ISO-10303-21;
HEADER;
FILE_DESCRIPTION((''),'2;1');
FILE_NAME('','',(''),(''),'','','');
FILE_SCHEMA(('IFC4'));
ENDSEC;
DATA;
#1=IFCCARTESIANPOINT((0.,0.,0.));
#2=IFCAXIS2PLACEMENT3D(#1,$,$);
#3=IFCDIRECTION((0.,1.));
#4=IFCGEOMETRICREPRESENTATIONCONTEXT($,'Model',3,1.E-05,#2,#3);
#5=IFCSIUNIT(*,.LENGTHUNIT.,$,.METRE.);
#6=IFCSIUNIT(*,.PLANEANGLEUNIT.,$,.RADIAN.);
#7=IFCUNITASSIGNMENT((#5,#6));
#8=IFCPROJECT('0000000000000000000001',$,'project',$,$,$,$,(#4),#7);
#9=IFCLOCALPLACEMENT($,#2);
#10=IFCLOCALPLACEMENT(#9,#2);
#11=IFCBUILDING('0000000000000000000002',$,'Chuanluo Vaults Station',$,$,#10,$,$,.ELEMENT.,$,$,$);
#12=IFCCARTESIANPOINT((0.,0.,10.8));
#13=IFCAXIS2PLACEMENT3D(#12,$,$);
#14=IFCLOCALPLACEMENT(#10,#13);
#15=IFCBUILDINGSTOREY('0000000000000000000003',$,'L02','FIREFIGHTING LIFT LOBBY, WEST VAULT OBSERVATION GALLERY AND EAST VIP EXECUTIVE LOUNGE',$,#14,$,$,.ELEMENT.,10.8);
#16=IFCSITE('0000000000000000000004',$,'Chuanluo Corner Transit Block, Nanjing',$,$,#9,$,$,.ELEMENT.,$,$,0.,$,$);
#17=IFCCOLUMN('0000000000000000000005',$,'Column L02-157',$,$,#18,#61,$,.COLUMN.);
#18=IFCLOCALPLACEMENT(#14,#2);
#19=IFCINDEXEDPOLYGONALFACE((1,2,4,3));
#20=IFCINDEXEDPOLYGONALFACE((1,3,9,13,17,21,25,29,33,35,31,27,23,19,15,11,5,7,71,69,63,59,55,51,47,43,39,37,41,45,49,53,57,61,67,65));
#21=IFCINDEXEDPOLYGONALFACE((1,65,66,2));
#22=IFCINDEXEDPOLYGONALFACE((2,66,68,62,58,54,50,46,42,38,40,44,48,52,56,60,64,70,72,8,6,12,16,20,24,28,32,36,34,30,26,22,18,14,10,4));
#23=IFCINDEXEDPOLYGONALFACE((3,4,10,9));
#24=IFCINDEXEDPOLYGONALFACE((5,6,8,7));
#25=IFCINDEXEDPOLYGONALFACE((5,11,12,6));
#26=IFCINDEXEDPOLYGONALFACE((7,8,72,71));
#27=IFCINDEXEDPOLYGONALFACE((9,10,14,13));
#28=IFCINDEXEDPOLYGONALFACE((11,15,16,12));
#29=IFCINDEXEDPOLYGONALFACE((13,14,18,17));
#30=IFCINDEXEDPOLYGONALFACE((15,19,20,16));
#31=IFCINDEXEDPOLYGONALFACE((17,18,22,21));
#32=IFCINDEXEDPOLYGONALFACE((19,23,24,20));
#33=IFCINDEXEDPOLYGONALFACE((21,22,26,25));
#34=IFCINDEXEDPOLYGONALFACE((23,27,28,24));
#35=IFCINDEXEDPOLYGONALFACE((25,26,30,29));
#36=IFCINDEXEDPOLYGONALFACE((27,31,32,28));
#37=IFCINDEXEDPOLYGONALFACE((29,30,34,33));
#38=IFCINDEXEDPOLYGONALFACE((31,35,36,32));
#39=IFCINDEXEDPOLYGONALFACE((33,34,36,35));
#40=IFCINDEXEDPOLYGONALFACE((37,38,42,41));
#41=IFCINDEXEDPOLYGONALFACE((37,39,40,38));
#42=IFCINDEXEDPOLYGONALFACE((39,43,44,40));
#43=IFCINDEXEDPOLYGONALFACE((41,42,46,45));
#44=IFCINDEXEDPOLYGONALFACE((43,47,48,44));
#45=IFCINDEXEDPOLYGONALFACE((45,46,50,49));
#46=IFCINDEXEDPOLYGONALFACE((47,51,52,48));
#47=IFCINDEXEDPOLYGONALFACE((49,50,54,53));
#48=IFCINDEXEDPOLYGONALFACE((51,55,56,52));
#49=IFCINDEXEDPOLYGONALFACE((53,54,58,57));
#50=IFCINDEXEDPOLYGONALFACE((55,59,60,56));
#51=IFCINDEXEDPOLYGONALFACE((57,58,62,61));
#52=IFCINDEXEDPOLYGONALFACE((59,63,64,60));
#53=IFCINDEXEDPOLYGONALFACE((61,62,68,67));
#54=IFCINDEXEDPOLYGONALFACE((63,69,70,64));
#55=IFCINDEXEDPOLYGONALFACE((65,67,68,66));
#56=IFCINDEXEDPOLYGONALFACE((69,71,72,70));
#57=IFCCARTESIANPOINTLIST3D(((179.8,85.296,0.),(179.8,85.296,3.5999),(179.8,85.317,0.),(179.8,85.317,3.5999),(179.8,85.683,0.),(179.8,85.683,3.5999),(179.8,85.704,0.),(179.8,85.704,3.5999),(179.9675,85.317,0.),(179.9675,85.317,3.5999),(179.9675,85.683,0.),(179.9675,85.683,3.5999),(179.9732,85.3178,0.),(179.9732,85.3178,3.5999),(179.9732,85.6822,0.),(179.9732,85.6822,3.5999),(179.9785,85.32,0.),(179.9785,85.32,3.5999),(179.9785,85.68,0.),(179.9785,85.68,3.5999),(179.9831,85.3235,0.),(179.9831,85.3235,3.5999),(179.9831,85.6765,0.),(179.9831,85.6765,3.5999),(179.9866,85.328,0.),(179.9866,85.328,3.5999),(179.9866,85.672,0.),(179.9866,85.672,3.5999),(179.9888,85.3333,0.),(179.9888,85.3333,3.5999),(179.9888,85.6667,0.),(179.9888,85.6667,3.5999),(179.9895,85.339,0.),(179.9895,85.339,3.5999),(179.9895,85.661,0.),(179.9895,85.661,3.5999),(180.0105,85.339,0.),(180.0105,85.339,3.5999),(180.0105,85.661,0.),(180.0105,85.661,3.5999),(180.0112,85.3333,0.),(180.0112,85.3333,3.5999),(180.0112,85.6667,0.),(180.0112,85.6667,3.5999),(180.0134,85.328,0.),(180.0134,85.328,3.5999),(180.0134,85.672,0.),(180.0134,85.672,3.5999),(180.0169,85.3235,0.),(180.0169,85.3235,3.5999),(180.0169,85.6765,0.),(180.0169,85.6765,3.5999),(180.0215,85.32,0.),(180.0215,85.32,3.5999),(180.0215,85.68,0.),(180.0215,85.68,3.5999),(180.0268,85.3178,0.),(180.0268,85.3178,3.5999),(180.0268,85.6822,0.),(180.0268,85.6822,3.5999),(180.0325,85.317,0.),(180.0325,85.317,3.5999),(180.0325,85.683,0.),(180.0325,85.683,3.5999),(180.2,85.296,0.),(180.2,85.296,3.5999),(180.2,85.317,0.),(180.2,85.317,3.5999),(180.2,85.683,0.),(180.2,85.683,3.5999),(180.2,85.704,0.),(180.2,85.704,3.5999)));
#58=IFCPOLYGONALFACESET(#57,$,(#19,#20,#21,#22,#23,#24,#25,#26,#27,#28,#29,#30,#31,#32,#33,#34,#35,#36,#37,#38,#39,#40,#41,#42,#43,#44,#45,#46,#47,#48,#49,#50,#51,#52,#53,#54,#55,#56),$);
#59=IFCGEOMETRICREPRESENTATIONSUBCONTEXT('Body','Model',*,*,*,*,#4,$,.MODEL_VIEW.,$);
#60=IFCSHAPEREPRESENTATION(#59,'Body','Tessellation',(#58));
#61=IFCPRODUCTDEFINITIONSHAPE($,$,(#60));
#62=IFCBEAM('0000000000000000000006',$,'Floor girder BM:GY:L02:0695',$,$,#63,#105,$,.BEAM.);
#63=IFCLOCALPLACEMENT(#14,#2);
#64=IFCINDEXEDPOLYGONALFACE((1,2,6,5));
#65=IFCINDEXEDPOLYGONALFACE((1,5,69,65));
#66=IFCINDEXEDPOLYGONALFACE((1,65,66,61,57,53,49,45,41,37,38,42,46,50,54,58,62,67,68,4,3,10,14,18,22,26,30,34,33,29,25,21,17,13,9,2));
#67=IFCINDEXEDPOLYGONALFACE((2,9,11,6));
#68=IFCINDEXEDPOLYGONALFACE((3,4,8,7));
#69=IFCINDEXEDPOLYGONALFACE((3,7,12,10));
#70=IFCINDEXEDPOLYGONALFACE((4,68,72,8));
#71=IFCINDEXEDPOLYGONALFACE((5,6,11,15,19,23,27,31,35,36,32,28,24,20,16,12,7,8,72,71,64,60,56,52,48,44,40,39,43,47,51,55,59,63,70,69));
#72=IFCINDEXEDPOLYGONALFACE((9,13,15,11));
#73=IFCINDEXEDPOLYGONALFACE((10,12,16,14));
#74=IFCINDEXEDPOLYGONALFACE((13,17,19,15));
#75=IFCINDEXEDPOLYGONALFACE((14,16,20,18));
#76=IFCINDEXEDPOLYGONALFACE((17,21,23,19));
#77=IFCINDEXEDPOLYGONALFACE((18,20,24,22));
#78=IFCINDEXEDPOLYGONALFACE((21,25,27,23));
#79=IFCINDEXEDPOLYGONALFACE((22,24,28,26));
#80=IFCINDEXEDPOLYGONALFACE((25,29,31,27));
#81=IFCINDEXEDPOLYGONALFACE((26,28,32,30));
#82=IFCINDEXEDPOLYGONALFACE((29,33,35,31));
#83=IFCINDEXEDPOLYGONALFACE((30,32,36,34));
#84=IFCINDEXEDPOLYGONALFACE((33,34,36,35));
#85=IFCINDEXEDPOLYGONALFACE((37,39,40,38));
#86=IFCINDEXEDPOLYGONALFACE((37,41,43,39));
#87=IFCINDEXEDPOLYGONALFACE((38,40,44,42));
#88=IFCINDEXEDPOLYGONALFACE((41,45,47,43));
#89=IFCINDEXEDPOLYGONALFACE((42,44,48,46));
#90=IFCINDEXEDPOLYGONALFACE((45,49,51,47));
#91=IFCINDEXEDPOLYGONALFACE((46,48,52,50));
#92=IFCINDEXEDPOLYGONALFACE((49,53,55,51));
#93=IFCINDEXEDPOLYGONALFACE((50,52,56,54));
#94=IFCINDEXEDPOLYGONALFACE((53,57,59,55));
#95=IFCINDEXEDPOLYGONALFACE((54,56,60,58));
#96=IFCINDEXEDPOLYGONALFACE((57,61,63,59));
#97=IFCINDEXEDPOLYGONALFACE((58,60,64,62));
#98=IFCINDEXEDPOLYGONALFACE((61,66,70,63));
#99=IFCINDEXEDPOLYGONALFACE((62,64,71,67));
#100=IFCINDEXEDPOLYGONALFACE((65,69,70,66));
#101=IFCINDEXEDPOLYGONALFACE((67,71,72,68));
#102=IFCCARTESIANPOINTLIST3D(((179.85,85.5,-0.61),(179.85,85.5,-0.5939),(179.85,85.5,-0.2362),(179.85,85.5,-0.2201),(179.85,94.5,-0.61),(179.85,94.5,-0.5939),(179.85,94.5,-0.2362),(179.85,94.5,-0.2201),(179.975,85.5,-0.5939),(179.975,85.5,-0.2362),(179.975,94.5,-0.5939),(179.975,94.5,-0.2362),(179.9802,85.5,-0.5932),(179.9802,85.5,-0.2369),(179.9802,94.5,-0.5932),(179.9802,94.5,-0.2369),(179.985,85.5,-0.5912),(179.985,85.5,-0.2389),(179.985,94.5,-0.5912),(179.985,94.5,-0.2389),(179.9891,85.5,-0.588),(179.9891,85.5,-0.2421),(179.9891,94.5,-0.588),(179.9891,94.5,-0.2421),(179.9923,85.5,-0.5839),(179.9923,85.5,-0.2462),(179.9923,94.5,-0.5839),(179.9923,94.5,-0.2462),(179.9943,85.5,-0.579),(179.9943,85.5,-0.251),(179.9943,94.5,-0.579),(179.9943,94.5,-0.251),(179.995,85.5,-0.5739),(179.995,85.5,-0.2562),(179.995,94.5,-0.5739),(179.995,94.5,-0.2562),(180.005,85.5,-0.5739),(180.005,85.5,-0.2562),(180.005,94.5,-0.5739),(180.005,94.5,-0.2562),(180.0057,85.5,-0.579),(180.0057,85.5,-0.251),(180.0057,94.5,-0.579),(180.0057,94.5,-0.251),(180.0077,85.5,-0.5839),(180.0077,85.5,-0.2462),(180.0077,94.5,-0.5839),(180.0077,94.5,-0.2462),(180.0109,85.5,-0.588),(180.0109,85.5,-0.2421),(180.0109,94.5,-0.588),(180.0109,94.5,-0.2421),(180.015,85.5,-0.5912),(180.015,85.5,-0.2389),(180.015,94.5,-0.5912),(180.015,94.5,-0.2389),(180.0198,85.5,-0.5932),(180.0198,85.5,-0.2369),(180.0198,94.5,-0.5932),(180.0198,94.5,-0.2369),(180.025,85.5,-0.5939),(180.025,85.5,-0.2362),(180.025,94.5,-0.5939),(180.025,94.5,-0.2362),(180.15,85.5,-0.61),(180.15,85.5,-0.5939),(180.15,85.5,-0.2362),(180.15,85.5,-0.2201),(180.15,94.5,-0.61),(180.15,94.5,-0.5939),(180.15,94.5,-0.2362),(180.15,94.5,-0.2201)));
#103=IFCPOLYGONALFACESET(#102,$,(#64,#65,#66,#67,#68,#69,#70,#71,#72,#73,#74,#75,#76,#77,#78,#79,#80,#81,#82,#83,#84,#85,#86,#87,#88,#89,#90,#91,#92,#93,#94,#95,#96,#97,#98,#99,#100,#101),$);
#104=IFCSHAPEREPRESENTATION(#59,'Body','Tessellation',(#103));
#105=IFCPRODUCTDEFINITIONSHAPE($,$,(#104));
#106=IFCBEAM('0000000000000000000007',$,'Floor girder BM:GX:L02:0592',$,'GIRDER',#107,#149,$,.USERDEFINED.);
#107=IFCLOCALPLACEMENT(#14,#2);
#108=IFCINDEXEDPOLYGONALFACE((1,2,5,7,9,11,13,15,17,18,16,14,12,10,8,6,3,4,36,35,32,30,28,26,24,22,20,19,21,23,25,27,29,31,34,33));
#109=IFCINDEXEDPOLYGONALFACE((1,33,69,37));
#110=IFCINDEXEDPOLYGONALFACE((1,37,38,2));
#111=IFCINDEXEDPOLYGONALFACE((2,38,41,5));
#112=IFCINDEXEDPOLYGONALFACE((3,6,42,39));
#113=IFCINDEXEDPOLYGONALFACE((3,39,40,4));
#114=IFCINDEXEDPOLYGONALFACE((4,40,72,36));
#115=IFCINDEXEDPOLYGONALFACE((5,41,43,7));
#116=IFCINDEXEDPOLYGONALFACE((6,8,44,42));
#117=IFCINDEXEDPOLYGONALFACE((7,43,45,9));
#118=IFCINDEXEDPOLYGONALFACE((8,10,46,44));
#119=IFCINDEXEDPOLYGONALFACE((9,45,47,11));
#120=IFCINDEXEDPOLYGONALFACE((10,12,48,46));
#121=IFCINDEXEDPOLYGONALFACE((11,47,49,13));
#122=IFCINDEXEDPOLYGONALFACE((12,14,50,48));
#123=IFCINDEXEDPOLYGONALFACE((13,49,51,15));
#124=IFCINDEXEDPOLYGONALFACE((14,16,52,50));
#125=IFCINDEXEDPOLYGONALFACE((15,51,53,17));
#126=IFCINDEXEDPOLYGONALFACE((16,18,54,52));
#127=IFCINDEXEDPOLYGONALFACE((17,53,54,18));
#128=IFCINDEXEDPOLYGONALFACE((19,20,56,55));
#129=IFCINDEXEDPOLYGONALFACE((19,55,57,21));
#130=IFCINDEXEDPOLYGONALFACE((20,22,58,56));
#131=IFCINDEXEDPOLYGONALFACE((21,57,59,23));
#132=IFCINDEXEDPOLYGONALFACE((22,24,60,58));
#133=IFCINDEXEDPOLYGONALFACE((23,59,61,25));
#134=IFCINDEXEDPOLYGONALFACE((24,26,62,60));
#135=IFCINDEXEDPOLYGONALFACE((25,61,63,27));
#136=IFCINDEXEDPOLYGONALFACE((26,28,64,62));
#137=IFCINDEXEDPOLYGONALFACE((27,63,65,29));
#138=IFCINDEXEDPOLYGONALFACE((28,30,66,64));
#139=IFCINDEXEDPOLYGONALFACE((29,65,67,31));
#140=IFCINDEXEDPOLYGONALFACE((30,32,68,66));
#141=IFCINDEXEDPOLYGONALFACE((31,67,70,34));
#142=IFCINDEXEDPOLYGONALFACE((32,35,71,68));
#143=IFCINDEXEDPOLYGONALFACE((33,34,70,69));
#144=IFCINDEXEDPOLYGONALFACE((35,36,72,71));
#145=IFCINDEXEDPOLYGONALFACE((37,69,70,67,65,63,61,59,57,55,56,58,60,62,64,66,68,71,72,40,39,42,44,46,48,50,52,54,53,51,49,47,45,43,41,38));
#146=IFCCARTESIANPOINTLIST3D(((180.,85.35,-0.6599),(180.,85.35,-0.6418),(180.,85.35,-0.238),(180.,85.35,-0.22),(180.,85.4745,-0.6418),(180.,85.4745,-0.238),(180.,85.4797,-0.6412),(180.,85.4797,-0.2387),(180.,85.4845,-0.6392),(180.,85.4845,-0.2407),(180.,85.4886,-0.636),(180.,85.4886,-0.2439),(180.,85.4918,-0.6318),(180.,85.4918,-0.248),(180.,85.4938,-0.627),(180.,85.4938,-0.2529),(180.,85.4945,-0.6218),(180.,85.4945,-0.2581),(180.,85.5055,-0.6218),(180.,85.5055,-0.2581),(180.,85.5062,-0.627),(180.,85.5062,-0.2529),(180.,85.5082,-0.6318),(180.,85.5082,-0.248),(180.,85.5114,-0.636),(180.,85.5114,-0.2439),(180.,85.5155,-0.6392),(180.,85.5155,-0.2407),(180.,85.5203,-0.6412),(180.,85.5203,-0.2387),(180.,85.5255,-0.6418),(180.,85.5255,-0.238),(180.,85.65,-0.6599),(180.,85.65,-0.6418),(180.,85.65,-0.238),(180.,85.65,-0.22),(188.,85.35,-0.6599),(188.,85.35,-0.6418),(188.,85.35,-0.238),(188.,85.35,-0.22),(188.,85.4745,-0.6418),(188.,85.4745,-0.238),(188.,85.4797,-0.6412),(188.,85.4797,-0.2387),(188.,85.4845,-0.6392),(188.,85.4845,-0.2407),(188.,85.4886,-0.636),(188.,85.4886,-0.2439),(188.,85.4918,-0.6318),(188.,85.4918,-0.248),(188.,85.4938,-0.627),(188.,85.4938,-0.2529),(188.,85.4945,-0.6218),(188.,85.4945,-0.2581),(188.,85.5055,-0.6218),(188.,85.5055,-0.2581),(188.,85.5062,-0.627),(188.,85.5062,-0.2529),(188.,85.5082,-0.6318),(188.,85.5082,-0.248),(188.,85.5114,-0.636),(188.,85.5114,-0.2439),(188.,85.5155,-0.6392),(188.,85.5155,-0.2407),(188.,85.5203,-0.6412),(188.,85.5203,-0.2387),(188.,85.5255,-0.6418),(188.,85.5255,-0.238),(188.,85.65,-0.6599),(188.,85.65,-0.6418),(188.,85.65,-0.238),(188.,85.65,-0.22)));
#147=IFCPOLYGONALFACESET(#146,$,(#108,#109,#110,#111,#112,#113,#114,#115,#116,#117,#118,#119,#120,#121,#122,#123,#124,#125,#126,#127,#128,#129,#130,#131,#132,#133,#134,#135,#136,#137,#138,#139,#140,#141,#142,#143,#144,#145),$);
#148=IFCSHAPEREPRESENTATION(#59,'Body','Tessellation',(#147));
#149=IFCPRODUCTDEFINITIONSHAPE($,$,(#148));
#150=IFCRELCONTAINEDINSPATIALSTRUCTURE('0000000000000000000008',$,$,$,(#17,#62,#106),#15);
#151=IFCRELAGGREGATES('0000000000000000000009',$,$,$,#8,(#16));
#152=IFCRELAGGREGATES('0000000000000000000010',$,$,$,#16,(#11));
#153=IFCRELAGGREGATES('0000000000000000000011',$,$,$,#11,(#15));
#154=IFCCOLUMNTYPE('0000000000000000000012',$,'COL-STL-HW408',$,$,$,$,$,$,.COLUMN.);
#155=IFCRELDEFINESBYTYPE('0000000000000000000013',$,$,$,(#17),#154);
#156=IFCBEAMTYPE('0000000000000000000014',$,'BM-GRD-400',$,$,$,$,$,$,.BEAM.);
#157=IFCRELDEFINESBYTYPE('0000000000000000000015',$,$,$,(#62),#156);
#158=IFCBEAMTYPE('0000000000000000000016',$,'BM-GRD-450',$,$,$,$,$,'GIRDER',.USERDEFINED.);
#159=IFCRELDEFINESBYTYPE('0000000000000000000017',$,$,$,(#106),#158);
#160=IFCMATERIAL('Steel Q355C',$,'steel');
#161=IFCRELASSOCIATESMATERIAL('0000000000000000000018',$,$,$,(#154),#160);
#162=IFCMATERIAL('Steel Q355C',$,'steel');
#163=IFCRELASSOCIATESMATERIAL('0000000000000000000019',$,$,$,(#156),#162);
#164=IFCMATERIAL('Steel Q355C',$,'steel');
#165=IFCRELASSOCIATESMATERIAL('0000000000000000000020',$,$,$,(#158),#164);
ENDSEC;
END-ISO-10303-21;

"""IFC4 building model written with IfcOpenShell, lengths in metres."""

from ifc_helpers import new_model, si_unit, direction, frame, origin, origin_2d, place, context, subcontext, project, spatial, i_section, extrude, material, material_profile, profile_set, type_object, element, save


model = new_model("IFC4")

# Units and contexts
model_context = context("Model", 3, precision=1e-05, world=origin(), true_north=direction((0.0, 1.0)))
body_context = subcontext(model_context, "Body", "Model", "MODEL_VIEW")
ifc_project = project(units=[si_unit("LENGTHUNIT", "METRE"), si_unit("PLANEANGLEUNIT", "RADIAN")], contexts=[model_context])

# Site, building, storey
site_placement = place(None, origin())
site = spatial("IfcSite", under=ifc_project, at=site_placement, Name="Chuanluo Corner Transit Block, Nanjing", CompositionType="ELEMENT", RefElevation=0.0)
building_placement = place(site_placement, origin())
building = spatial("IfcBuilding", under=site, at=building_placement, Name="Chuanluo Vaults Station", CompositionType="ELEMENT")
storey_placement = place(building_placement, frame((0.0, 0.0, 10.8)))
storey = spatial("IfcBuildingStorey", under=building, at=storey_placement, Name="L02", Description="FIREFIGHTING LIFT LOBBY, WEST VAULT OBSERVATION GALLERY AND EAST VIP EXECUTIVE LOUNGE", CompositionType="ELEMENT", Elevation=10.8)

# Column
ifc_material_1 = material(Name="Steel Q355C", Category="steel")
ifc_material_profile_1 = material_profile(ifc_material_1, i_section(OverallWidth=0.3999, OverallDepth=0.408, WebThickness=0.021, FlangeThickness=0.021, FilletRadius=0.022, at=origin_2d()))
ifc_profile_set_1 = profile_set([ifc_material_profile_1], Name="Steel Q355C")
column_type = type_object("IfcColumnType", Name="COL-STL-HW408", PredefinedType="COLUMN", material=ifc_profile_set_1)
column_placement = place(storey_placement, frame((180.0, 85.5, 0.0), z_axis=(0.0, 0.0, 1.0), x_axis=(1.0, 0.0, 0.0)))
element("IfcColumn", 1, at=column_placement, inside=storey, type_object=column_type, Name="Column L02-157", PredefinedType="COLUMN", context=body_context, shape_type="SweptSolid", body=[
    extrude(i_section(OverallWidth=0.3999, OverallDepth=0.408, WebThickness=0.021, FlangeThickness=0.021, FilletRadius=0.022, at=origin_2d()), origin(), (0.0, 0.0, 1.0), 3.5999),
])

# Beams
ifc_material_2 = material(Name="Steel Q355C", Category="steel")
ifc_material_profile_2 = material_profile(ifc_material_2, i_section(OverallWidth=0.3, OverallDepth=0.3899, WebThickness=0.01, FlangeThickness=0.0161, FilletRadius=0.02, at=origin_2d()))
ifc_profile_set_2 = profile_set([ifc_material_profile_2], Name="Steel Q355C")
beam_type_1 = type_object("IfcBeamType", Name="BM-GRD-400", PredefinedType="BEAM", material=ifc_profile_set_2)
beam_1_placement = place(storey_placement, frame((180.0, 85.5, -0.415), z_axis=(0.0, 1.0, 0.0), x_axis=(-1.0, 0.0, 0.0)))
element("IfcBeam", 2, at=beam_1_placement, inside=storey, type_object=beam_type_1, Name="Floor girder BM:GY:L02:0695", PredefinedType="BEAM", context=body_context, shape_type="SweptSolid", body=[
    extrude(i_section(OverallWidth=0.3, OverallDepth=0.3899, WebThickness=0.01, FlangeThickness=0.0161, FilletRadius=0.02, at=origin_2d()), origin(), (0.0, 0.0, 1.0), 9.0),
])
ifc_material_3 = material(Name="Steel Q355C", Category="steel")
ifc_material_profile_3 = material_profile(ifc_material_3, i_section(OverallWidth=0.3, OverallDepth=0.4399, WebThickness=0.011, FlangeThickness=0.0181, FilletRadius=0.02, at=origin_2d()))
ifc_profile_set_3 = profile_set([ifc_material_profile_3], Name="Steel Q355C")
beam_type_2 = type_object("IfcBeamType", Name="BM-GRD-450", ElementType="GIRDER", PredefinedType="USERDEFINED", material=ifc_profile_set_3)
beam_2_placement = place(storey_placement, frame((180.0, 85.5, -0.4399), z_axis=(1.0, 0.0, 0.0), x_axis=(0.0, 1.0, 0.0)))
element("IfcBeam", 3, at=beam_2_placement, inside=storey, type_object=beam_type_2, Name="Floor girder BM:GX:L02:0592", ObjectType="GIRDER", PredefinedType="USERDEFINED", context=body_context, shape_type="SweptSolid", body=[
    extrude(i_section(OverallWidth=0.3, OverallDepth=0.4399, WebThickness=0.011, FlangeThickness=0.0181, FilletRadius=0.02, at=origin_2d()), origin(), (0.0, 0.0, 1.0), 8.0),
])

save(model, "model.ifc")
